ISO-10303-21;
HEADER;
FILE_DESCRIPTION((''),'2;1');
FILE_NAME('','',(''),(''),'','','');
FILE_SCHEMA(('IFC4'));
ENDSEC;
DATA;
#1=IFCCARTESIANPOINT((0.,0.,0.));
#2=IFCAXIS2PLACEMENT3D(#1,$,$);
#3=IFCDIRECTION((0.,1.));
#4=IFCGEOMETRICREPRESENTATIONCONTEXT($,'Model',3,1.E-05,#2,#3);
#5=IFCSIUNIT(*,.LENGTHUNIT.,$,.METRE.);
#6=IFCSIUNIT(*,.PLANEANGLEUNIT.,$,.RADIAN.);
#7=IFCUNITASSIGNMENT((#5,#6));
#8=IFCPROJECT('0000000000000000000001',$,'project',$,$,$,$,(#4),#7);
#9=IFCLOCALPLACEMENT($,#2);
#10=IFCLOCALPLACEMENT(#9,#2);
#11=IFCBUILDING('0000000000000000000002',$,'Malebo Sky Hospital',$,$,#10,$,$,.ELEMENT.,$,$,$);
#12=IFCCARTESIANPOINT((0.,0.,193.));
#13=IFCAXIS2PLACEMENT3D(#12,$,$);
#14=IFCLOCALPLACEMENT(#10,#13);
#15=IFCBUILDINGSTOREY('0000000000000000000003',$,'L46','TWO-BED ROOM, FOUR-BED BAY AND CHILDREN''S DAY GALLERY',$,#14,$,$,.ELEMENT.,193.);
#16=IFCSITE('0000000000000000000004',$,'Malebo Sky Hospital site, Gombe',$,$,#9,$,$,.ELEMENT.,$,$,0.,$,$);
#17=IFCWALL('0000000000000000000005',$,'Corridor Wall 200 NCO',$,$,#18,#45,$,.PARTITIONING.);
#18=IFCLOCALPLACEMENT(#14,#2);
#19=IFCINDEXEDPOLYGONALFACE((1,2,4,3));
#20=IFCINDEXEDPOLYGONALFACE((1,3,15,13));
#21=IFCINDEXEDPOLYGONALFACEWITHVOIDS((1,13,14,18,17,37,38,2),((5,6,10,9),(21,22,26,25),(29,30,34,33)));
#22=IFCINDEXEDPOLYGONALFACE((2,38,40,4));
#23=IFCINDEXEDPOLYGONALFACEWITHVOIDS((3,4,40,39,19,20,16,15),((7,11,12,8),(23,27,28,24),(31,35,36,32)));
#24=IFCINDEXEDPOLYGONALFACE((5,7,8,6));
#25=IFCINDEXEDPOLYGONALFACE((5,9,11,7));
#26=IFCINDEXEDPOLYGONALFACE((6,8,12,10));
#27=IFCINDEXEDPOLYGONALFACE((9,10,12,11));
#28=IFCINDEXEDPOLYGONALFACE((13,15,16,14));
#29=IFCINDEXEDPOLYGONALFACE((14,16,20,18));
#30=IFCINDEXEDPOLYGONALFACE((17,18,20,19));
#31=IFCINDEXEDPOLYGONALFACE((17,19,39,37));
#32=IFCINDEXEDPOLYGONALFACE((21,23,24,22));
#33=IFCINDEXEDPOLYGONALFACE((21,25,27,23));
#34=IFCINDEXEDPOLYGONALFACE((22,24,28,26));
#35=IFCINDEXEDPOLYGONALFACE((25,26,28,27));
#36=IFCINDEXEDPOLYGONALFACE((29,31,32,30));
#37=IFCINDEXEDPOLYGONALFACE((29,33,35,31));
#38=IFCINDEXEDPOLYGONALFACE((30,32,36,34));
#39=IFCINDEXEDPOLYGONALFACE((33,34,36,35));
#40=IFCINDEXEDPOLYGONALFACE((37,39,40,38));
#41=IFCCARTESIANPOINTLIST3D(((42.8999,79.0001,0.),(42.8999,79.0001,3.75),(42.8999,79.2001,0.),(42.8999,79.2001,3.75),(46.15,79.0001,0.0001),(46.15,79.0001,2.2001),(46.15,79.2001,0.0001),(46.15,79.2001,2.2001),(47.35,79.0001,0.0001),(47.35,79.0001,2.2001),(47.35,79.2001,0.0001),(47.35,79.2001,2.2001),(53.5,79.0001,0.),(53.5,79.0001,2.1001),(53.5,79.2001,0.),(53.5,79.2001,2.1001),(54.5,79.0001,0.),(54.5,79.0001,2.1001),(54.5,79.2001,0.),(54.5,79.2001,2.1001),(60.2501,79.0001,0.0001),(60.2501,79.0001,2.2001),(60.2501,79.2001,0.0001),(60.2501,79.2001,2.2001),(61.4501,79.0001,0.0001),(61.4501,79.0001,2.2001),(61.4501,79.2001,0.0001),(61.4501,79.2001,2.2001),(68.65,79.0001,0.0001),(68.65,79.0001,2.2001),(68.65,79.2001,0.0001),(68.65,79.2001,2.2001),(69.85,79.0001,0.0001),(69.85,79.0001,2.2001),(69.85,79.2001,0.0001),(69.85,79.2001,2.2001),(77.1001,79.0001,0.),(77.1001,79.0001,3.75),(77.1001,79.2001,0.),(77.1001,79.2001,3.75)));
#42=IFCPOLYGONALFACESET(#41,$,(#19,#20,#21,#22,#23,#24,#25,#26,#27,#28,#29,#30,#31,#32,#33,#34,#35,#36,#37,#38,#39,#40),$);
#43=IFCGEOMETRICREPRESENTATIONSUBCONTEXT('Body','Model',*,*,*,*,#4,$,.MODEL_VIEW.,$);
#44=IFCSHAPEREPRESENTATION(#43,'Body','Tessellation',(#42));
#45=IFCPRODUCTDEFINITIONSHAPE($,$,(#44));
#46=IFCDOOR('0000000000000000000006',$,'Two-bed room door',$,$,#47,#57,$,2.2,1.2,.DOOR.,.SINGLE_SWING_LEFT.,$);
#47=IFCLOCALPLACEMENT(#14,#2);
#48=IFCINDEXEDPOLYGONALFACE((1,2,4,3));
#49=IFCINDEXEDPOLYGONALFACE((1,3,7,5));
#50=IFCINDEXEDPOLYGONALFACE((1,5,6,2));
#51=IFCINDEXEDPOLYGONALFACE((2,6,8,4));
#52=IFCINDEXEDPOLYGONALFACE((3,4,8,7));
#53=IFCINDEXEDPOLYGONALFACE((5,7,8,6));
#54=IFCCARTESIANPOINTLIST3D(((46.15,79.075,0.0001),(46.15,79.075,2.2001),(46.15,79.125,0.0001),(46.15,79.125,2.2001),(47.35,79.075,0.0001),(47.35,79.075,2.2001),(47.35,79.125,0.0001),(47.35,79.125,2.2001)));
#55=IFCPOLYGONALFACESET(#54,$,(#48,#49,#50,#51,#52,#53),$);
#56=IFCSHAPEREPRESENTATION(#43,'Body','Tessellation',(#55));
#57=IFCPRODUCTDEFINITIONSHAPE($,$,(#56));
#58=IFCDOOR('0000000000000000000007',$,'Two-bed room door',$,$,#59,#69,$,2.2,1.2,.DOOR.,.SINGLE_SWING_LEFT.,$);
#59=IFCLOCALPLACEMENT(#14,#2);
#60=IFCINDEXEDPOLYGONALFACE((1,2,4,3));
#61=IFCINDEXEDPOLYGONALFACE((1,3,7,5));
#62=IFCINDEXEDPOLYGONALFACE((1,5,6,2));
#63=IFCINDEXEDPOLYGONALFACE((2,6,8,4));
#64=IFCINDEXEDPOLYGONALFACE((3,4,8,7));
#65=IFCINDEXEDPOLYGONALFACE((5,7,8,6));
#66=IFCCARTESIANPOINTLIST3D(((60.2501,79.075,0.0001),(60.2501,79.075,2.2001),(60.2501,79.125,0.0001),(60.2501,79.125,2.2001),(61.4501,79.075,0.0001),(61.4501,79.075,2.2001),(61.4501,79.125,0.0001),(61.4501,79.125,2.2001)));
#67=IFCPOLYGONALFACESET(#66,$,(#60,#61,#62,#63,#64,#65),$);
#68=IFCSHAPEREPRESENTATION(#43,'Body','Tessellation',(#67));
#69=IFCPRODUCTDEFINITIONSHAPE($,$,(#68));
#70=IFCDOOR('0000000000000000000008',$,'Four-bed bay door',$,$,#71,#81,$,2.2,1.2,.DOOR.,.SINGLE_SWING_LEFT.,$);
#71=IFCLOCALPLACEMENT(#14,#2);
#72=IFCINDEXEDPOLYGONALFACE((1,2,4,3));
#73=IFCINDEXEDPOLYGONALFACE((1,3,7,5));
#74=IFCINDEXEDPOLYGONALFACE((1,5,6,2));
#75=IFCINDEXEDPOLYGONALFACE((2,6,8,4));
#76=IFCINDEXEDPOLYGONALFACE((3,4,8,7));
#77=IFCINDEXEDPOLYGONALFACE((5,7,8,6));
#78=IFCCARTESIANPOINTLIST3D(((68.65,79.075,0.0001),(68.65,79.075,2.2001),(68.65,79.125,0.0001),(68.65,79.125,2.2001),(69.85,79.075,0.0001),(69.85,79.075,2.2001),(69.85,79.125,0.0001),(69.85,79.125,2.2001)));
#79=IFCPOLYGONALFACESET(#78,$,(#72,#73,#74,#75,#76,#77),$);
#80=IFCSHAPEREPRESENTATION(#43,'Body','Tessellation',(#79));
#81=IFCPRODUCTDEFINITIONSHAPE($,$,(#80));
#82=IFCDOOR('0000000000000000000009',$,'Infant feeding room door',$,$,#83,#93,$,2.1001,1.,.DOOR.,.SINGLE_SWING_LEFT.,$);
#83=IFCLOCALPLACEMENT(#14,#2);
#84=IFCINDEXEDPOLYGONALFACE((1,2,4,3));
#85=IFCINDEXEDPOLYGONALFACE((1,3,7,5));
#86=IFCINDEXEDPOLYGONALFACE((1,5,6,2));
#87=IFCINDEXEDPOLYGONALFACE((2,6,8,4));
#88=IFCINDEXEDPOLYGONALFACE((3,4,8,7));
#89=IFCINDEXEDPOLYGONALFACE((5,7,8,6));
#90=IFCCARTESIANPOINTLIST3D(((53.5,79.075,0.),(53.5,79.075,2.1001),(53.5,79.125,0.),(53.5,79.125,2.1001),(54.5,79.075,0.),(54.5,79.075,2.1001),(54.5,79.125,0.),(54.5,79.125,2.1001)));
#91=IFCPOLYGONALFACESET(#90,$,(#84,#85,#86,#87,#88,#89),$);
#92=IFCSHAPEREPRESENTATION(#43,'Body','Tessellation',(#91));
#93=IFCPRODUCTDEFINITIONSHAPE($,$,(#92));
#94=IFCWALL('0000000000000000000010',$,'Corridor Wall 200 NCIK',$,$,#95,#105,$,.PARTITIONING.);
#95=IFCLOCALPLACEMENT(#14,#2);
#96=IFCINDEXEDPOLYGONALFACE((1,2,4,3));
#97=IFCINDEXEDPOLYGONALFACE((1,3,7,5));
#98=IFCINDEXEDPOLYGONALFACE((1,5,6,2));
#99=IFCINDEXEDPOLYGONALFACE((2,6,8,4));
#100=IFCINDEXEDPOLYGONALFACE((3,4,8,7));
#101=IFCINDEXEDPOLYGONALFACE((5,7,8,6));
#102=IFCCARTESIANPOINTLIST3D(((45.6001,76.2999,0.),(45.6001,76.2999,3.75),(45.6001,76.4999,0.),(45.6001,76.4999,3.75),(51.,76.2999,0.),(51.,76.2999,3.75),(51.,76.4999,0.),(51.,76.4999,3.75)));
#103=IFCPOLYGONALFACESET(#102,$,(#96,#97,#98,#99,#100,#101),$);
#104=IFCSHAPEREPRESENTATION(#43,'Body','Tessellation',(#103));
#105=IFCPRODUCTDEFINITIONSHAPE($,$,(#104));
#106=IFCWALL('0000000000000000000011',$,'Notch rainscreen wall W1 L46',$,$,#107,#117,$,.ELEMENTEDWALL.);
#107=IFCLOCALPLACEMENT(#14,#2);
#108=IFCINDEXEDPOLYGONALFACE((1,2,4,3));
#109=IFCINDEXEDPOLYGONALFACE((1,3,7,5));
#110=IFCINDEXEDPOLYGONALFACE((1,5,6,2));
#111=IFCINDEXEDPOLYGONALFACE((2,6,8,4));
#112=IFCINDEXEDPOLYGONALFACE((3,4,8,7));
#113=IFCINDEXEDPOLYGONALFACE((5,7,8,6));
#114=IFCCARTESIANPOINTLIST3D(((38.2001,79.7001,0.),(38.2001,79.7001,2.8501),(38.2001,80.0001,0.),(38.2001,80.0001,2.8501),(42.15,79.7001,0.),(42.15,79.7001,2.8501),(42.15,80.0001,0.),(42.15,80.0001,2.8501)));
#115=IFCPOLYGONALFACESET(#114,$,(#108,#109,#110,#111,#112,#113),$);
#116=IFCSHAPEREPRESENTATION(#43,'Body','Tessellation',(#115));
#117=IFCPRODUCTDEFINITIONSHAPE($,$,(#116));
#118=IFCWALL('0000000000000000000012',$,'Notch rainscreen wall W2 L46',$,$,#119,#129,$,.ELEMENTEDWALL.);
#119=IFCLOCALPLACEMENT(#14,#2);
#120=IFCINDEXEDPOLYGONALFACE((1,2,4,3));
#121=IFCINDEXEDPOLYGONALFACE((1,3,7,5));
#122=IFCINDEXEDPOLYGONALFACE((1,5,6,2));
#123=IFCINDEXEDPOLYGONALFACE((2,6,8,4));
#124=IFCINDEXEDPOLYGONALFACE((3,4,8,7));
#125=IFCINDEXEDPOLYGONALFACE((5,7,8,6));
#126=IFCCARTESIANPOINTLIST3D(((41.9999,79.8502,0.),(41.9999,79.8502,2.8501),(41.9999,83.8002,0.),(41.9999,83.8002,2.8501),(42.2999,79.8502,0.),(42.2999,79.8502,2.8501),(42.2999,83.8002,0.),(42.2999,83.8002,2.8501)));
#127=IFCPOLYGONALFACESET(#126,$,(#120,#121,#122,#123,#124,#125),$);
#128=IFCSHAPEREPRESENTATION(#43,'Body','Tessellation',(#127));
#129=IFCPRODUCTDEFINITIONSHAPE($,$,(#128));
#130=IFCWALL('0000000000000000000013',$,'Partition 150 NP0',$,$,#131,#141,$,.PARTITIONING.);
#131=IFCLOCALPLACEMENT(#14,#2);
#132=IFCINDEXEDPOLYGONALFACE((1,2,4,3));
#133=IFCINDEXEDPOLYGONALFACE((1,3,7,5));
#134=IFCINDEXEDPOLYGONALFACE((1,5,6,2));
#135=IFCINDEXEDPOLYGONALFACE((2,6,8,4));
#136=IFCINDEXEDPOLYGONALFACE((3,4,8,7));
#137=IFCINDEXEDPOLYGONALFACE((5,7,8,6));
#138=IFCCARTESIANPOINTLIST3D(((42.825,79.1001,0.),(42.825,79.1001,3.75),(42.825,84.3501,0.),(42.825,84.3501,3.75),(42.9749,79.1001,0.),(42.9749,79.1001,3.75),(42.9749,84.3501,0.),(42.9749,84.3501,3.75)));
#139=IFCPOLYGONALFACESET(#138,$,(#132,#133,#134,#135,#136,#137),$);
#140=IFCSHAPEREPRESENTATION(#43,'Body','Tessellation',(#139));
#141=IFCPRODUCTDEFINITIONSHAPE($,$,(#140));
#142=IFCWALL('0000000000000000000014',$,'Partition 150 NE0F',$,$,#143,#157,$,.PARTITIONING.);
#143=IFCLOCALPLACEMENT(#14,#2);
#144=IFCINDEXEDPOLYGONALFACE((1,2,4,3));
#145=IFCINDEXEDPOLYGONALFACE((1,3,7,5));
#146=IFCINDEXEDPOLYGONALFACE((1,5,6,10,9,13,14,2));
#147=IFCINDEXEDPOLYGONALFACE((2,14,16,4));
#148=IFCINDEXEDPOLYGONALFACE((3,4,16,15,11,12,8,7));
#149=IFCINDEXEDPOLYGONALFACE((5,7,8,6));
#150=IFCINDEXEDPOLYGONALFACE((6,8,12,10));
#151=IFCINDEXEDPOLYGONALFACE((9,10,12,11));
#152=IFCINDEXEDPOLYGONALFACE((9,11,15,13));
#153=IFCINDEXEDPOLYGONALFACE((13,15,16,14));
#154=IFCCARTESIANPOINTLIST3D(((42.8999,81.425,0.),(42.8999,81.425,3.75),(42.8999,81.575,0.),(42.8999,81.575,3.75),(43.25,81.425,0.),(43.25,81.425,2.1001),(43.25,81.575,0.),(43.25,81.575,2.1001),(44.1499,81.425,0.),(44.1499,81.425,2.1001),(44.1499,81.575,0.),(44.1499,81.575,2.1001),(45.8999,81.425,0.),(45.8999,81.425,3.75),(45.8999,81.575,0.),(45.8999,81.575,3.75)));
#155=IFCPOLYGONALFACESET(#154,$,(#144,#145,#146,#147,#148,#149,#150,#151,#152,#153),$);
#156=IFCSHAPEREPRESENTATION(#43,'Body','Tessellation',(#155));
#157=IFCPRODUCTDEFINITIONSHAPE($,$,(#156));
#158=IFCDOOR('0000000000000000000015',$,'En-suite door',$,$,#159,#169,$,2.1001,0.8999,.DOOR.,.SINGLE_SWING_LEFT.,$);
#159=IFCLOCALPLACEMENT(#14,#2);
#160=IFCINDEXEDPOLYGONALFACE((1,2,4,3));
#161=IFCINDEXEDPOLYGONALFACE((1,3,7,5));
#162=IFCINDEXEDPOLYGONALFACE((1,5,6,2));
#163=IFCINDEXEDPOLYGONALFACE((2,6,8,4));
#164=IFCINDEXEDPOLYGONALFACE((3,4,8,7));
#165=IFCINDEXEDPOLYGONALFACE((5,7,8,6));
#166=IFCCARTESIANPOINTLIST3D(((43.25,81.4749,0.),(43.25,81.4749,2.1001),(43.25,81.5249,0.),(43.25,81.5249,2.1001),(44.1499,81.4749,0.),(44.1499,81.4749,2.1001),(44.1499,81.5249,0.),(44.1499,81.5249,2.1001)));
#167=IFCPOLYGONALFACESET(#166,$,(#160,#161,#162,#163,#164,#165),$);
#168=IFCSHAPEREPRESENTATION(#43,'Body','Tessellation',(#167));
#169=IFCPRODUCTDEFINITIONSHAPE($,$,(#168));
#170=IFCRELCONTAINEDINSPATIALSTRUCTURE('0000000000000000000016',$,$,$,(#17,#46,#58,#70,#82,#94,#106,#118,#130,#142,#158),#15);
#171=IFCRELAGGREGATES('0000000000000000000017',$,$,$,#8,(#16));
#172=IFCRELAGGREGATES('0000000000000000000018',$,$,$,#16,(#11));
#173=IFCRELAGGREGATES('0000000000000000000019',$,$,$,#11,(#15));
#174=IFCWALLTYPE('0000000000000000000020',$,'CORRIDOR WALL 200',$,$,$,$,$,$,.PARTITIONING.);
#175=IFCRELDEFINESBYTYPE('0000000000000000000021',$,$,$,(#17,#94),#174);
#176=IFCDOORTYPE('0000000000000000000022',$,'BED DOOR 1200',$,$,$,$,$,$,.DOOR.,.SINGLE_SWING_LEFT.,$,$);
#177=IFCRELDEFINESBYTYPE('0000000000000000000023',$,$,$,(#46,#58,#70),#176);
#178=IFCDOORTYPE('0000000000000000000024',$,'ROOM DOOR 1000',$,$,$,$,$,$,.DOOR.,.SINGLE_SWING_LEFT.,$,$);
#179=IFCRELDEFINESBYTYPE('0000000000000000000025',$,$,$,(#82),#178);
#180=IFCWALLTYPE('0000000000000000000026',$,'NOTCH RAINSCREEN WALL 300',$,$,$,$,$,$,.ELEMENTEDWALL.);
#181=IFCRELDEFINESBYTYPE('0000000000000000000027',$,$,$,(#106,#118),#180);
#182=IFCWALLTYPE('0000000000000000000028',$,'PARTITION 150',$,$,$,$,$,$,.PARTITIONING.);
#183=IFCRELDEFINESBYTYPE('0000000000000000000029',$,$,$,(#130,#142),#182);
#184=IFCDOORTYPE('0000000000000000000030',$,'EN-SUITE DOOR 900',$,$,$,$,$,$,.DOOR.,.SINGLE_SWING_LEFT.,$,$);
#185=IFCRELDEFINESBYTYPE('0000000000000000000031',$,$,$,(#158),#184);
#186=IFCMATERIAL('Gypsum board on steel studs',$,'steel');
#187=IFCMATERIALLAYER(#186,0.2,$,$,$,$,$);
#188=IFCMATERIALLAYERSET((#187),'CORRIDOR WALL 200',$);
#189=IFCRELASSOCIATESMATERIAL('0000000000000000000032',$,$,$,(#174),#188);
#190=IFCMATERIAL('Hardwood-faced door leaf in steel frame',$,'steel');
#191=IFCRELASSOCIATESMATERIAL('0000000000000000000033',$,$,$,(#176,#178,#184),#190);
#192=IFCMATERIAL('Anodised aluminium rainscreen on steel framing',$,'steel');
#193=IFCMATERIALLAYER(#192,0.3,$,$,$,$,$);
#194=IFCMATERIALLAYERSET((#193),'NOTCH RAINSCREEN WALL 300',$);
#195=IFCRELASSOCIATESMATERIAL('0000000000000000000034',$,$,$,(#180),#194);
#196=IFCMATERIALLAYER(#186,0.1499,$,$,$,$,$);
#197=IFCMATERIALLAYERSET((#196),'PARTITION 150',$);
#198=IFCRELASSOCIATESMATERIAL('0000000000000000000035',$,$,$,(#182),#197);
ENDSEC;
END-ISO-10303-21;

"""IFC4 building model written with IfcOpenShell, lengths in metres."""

from ifc_helpers import new_model, si_unit, direction, frame, frame_2d, origin, place, context, subcontext, project, spatial, rectangle, extrude, material, layer, layer_set, type_object, element, fill, save


model = new_model("IFC4")

# Units and contexts
model_context = context("Model", 3, precision=1e-05, world=origin(), true_north=direction((0.0, 1.0)))
body_context = subcontext(model_context, "Body", "Model", "MODEL_VIEW")
ifc_project = project(units=[si_unit("LENGTHUNIT", "METRE"), si_unit("PLANEANGLEUNIT", "RADIAN")], contexts=[model_context])

# Site, building, storey
site_placement = place(None, origin())
site = spatial("IfcSite", under=ifc_project, at=site_placement, Name="Malebo Sky Hospital site, Gombe", CompositionType="ELEMENT", RefElevation=0.0)
building_placement = place(site_placement, origin())
building = spatial("IfcBuilding", under=site, at=building_placement, Name="Malebo Sky Hospital", CompositionType="ELEMENT")
storey_placement = place(building_placement, frame((0.0, 0.0, 193.0)))
storey = spatial("IfcBuildingStorey", under=building, at=storey_placement, Name="L46", Description="TWO-BED ROOM, FOUR-BED BAY AND CHILDREN'S DAY GALLERY", CompositionType="ELEMENT", Elevation=193.0)

# Wall, openings, doors
ifc_material_1 = material(Name="Gypsum board on steel studs", Category="steel")
ifc_layer_1 = layer(ifc_material_1, 0.2)
ifc_layer_set_1 = layer_set([ifc_layer_1], Name="CORRIDOR WALL 200")
wall_type_1 = type_object("IfcWallType", Name="CORRIDOR WALL 200", PredefinedType="PARTITIONING", material=ifc_layer_set_1)
wall_1_placement = place(storey_placement, frame((42.8999, 79.1001, 0.0), z_axis=(0.0, 0.0, 1.0), x_axis=(1.0, 0.0, 0.0)))
wall_1 = element("IfcWall", 1, at=wall_1_placement, inside=storey, type_object=wall_type_1, Name="Corridor Wall 200 NCO", PredefinedType="PARTITIONING", context=body_context, shape_type="SweptSolid", body=[
    extrude(rectangle(XDim=34.2002, YDim=0.2, at=frame_2d((17.1001, 0.0))), origin(), (0.0, 0.0, 1.0), 3.75),
])
opening_1_placement = place(wall_1_placement, frame((3.25, 0.0, 0.0)))
opening_1 = element("IfcOpeningElement", 2, at=opening_1_placement, cuts=wall_1, PredefinedType="OPENING", context=body_context, shape_type="SweptSolid", body=[
    extrude(rectangle(XDim=1.2, YDim=2.2, at=frame_2d((0.6001, 1.1001))), frame((0.0, 0.1099, 0.0), z_axis=(0.0, -1.0, 0.0), x_axis=(1.0, 0.0, 0.0)), (0.0, 0.0, 1.0), 0.22),
])
opening_2_placement = place(wall_1_placement, frame((10.6001, 0.0, 0.0)))
opening_2 = element("IfcOpeningElement", 3, at=opening_2_placement, cuts=wall_1, PredefinedType="OPENING", context=body_context, shape_type="SweptSolid", body=[
    extrude(rectangle(XDim=1.0, YDim=2.1001, at=frame_2d((0.5, 1.05))), frame((0.0, 0.1099, 0.0), z_axis=(0.0, -1.0, 0.0), x_axis=(1.0, 0.0, 0.0)), (0.0, 0.0, 1.0), 0.22),
])
opening_3_placement = place(wall_1_placement, frame((17.3501, 0.0, 0.0)))
opening_3 = element("IfcOpeningElement", 4, at=opening_3_placement, cuts=wall_1, PredefinedType="OPENING", context=body_context, shape_type="SweptSolid", body=[
    extrude(rectangle(XDim=1.2, YDim=2.2, at=frame_2d((0.6001, 1.1001))), frame((0.0, 0.1099, 0.0), z_axis=(0.0, -1.0, 0.0), x_axis=(1.0, 0.0, 0.0)), (0.0, 0.0, 1.0), 0.22),
])
opening_4_placement = place(wall_1_placement, frame((25.75, 0.0, 0.0)))
opening_4 = element("IfcOpeningElement", 5, at=opening_4_placement, cuts=wall_1, PredefinedType="OPENING", context=body_context, shape_type="SweptSolid", body=[
    extrude(rectangle(XDim=1.2, YDim=2.2, at=frame_2d((0.6001, 1.1001))), frame((0.0, 0.1099, 0.0), z_axis=(0.0, -1.0, 0.0), x_axis=(1.0, 0.0, 0.0)), (0.0, 0.0, 1.0), 0.22),
])
ifc_material_2 = material(Name="Hardwood-faced door leaf in steel frame", Category="steel")
door_type_1 = type_object("IfcDoorType", Name="BED DOOR 1200", OperationType="SINGLE_SWING_LEFT", PredefinedType="DOOR", material=ifc_material_2)
door_1_placement = place(opening_1_placement, origin())
door_1 = element("IfcDoor", 6, at=door_1_placement, inside=storey, type_object=door_type_1, Name="Two-bed room door", OperationType="SINGLE_SWING_LEFT", OverallHeight=2.2, OverallWidth=1.2, PredefinedType="DOOR", context=body_context, shape_type="SweptSolid", body=[
    extrude(rectangle(XDim=1.2, YDim=2.2, at=frame_2d((0.6001, 1.1001))), frame((0.0, 0.0249, 0.0), z_axis=(0.0, -1.0, 0.0), x_axis=(1.0, 0.0, 0.0)), (0.0, 0.0, 1.0), 0.05),
])
fill(opening_1, door_1)
door_2_placement = place(opening_3_placement, origin())
door_2 = element("IfcDoor", 7, at=door_2_placement, inside=storey, type_object=door_type_1, Name="Two-bed room door", OperationType="SINGLE_SWING_LEFT", OverallHeight=2.2, OverallWidth=1.2, PredefinedType="DOOR", context=body_context, shape_type="SweptSolid", body=[
    extrude(rectangle(XDim=1.2, YDim=2.2, at=frame_2d((0.6001, 1.1001))), frame((0.0, 0.0249, 0.0), z_axis=(0.0, -1.0, 0.0), x_axis=(1.0, 0.0, 0.0)), (0.0, 0.0, 1.0), 0.05),
])
fill(opening_3, door_2)
door_3_placement = place(opening_4_placement, origin())
door_3 = element("IfcDoor", 8, at=door_3_placement, inside=storey, type_object=door_type_1, Name="Four-bed bay door", OperationType="SINGLE_SWING_LEFT", OverallHeight=2.2, OverallWidth=1.2, PredefinedType="DOOR", context=body_context, shape_type="SweptSolid", body=[
    extrude(rectangle(XDim=1.2, YDim=2.2, at=frame_2d((0.6001, 1.1001))), frame((0.0, 0.0249, 0.0), z_axis=(0.0, -1.0, 0.0), x_axis=(1.0, 0.0, 0.0)), (0.0, 0.0, 1.0), 0.05),
])
fill(opening_4, door_3)
door_type_2 = type_object("IfcDoorType", Name="ROOM DOOR 1000", OperationType="SINGLE_SWING_LEFT", PredefinedType="DOOR", material=ifc_material_2)
door_4_placement = place(opening_2_placement, origin())
door_4 = element("IfcDoor", 9, at=door_4_placement, inside=storey, type_object=door_type_2, Name="Infant feeding room door", OperationType="SINGLE_SWING_LEFT", OverallHeight=2.1001, OverallWidth=1.0, PredefinedType="DOOR", context=body_context, shape_type="SweptSolid", body=[
    extrude(rectangle(XDim=1.0, YDim=2.1001, at=frame_2d((0.5, 1.05))), frame((0.0, 0.0249, 0.0), z_axis=(0.0, -1.0, 0.0), x_axis=(1.0, 0.0, 0.0)), (0.0, 0.0, 1.0), 0.05),
])
fill(opening_2, door_4)

# Walls
wall_2_placement = place(storey_placement, frame((45.6001, 76.3999, 0.0), z_axis=(0.0, 0.0, 1.0), x_axis=(1.0, 0.0, 0.0)))
element("IfcWall", 10, at=wall_2_placement, inside=storey, type_object=wall_type_1, Name="Corridor Wall 200 NCIK", PredefinedType="PARTITIONING", context=body_context, shape_type="SweptSolid", body=[
    extrude(rectangle(XDim=5.3999, YDim=0.2, at=frame_2d((2.7, 0.0))), origin(), (0.0, 0.0, 1.0), 3.75),
])
ifc_material_3 = material(Name="Anodised aluminium rainscreen on steel framing", Category="steel")
ifc_layer_2 = layer(ifc_material_3, 0.3)
ifc_layer_set_2 = layer_set([ifc_layer_2], Name="NOTCH RAINSCREEN WALL 300")
wall_type_2 = type_object("IfcWallType", Name="NOTCH RAINSCREEN WALL 300", PredefinedType="ELEMENTEDWALL", material=ifc_layer_set_2)
for number, where, z_axis, x_axis, name in (
    (11, (38.2, 79.8501, 0.0), (0.0, 0.0, 1.0), (1.0, 0.0, 0.0), "Notch rainscreen wall W1 L46"),
    (12, (42.1499, 79.8501, 0.0), (0.0, 0.0, 1.0), (0.0, 1.0, 0.0), "Notch rainscreen wall W2 L46"),
):
    element("IfcWall", number, at=place(storey_placement, frame(where, z_axis=z_axis, x_axis=x_axis)), inside=storey, type_object=wall_type_2, Name=name, PredefinedType="ELEMENTEDWALL", context=body_context, shape_type="SweptSolid", body=[
        extrude(rectangle(XDim=3.95, YDim=0.3, at=frame_2d((1.9751, 0.0))), origin(), (0.0, 0.0, 1.0), 2.8501),
    ])
ifc_layer_3 = layer(ifc_material_1, 0.1499)
ifc_layer_set_3 = layer_set([ifc_layer_3], Name="PARTITION 150")
wall_type_3 = type_object("IfcWallType", Name="PARTITION 150", PredefinedType="PARTITIONING", material=ifc_layer_set_3)
wall_3_placement = place(storey_placement, frame((42.8999, 79.1001, 0.0), z_axis=(0.0, 0.0, 1.0), x_axis=(0.0, 1.0, 0.0)))
element("IfcWall", 13, at=wall_3_placement, inside=storey, type_object=wall_type_3, Name="Partition 150 NP0", PredefinedType="PARTITIONING", context=body_context, shape_type="SweptSolid", body=[
    extrude(rectangle(XDim=5.25, YDim=0.1499, at=frame_2d((2.625, 0.0))), origin(), (0.0, 0.0, 1.0), 3.75),
])

# Wall, opening, door
wall_4_placement = place(storey_placement, frame((42.8999, 81.5, 0.0), z_axis=(0.0, 0.0, 1.0), x_axis=(1.0, 0.0, 0.0)))
wall_4 = element("IfcWall", 14, at=wall_4_placement, inside=storey, type_object=wall_type_3, Name="Partition 150 NE0F", PredefinedType="PARTITIONING", context=body_context, shape_type="SweptSolid", body=[
    extrude(rectangle(XDim=3.0, YDim=0.1499, at=frame_2d((1.5, 0.0))), origin(), (0.0, 0.0, 1.0), 3.75),
])
opening_5_placement = place(wall_4_placement, frame((0.3501, 0.0, 0.0)))
opening_5 = element("IfcOpeningElement", 15, at=opening_5_placement, cuts=wall_4, PredefinedType="OPENING", context=body_context, shape_type="SweptSolid", body=[
    extrude(rectangle(XDim=0.8999, YDim=2.1001, at=frame_2d((0.45, 1.05))), frame((0.0, 0.085, 0.0), z_axis=(0.0, -1.0, 0.0), x_axis=(1.0, 0.0, 0.0)), (0.0, 0.0, 1.0), 0.1699),
])
door_type_3 = type_object("IfcDoorType", Name="EN-SUITE DOOR 900", OperationType="SINGLE_SWING_LEFT", PredefinedType="DOOR", material=ifc_material_2)
door_5_placement = place(opening_5_placement, origin())
door_5 = element("IfcDoor", 16, at=door_5_placement, inside=storey, type_object=door_type_3, Name="En-suite door", OperationType="SINGLE_SWING_LEFT", OverallHeight=2.1001, OverallWidth=0.8999, PredefinedType="DOOR", context=body_context, shape_type="SweptSolid", body=[
    extrude(rectangle(XDim=0.8999, YDim=2.1001, at=frame_2d((0.45, 1.05))), frame((0.0, 0.0249, 0.0), z_axis=(0.0, -1.0, 0.0), x_axis=(1.0, 0.0, 0.0)), (0.0, 0.0, 1.0), 0.05),
])
fill(opening_5, door_5)

save(model, "model.ifc")
